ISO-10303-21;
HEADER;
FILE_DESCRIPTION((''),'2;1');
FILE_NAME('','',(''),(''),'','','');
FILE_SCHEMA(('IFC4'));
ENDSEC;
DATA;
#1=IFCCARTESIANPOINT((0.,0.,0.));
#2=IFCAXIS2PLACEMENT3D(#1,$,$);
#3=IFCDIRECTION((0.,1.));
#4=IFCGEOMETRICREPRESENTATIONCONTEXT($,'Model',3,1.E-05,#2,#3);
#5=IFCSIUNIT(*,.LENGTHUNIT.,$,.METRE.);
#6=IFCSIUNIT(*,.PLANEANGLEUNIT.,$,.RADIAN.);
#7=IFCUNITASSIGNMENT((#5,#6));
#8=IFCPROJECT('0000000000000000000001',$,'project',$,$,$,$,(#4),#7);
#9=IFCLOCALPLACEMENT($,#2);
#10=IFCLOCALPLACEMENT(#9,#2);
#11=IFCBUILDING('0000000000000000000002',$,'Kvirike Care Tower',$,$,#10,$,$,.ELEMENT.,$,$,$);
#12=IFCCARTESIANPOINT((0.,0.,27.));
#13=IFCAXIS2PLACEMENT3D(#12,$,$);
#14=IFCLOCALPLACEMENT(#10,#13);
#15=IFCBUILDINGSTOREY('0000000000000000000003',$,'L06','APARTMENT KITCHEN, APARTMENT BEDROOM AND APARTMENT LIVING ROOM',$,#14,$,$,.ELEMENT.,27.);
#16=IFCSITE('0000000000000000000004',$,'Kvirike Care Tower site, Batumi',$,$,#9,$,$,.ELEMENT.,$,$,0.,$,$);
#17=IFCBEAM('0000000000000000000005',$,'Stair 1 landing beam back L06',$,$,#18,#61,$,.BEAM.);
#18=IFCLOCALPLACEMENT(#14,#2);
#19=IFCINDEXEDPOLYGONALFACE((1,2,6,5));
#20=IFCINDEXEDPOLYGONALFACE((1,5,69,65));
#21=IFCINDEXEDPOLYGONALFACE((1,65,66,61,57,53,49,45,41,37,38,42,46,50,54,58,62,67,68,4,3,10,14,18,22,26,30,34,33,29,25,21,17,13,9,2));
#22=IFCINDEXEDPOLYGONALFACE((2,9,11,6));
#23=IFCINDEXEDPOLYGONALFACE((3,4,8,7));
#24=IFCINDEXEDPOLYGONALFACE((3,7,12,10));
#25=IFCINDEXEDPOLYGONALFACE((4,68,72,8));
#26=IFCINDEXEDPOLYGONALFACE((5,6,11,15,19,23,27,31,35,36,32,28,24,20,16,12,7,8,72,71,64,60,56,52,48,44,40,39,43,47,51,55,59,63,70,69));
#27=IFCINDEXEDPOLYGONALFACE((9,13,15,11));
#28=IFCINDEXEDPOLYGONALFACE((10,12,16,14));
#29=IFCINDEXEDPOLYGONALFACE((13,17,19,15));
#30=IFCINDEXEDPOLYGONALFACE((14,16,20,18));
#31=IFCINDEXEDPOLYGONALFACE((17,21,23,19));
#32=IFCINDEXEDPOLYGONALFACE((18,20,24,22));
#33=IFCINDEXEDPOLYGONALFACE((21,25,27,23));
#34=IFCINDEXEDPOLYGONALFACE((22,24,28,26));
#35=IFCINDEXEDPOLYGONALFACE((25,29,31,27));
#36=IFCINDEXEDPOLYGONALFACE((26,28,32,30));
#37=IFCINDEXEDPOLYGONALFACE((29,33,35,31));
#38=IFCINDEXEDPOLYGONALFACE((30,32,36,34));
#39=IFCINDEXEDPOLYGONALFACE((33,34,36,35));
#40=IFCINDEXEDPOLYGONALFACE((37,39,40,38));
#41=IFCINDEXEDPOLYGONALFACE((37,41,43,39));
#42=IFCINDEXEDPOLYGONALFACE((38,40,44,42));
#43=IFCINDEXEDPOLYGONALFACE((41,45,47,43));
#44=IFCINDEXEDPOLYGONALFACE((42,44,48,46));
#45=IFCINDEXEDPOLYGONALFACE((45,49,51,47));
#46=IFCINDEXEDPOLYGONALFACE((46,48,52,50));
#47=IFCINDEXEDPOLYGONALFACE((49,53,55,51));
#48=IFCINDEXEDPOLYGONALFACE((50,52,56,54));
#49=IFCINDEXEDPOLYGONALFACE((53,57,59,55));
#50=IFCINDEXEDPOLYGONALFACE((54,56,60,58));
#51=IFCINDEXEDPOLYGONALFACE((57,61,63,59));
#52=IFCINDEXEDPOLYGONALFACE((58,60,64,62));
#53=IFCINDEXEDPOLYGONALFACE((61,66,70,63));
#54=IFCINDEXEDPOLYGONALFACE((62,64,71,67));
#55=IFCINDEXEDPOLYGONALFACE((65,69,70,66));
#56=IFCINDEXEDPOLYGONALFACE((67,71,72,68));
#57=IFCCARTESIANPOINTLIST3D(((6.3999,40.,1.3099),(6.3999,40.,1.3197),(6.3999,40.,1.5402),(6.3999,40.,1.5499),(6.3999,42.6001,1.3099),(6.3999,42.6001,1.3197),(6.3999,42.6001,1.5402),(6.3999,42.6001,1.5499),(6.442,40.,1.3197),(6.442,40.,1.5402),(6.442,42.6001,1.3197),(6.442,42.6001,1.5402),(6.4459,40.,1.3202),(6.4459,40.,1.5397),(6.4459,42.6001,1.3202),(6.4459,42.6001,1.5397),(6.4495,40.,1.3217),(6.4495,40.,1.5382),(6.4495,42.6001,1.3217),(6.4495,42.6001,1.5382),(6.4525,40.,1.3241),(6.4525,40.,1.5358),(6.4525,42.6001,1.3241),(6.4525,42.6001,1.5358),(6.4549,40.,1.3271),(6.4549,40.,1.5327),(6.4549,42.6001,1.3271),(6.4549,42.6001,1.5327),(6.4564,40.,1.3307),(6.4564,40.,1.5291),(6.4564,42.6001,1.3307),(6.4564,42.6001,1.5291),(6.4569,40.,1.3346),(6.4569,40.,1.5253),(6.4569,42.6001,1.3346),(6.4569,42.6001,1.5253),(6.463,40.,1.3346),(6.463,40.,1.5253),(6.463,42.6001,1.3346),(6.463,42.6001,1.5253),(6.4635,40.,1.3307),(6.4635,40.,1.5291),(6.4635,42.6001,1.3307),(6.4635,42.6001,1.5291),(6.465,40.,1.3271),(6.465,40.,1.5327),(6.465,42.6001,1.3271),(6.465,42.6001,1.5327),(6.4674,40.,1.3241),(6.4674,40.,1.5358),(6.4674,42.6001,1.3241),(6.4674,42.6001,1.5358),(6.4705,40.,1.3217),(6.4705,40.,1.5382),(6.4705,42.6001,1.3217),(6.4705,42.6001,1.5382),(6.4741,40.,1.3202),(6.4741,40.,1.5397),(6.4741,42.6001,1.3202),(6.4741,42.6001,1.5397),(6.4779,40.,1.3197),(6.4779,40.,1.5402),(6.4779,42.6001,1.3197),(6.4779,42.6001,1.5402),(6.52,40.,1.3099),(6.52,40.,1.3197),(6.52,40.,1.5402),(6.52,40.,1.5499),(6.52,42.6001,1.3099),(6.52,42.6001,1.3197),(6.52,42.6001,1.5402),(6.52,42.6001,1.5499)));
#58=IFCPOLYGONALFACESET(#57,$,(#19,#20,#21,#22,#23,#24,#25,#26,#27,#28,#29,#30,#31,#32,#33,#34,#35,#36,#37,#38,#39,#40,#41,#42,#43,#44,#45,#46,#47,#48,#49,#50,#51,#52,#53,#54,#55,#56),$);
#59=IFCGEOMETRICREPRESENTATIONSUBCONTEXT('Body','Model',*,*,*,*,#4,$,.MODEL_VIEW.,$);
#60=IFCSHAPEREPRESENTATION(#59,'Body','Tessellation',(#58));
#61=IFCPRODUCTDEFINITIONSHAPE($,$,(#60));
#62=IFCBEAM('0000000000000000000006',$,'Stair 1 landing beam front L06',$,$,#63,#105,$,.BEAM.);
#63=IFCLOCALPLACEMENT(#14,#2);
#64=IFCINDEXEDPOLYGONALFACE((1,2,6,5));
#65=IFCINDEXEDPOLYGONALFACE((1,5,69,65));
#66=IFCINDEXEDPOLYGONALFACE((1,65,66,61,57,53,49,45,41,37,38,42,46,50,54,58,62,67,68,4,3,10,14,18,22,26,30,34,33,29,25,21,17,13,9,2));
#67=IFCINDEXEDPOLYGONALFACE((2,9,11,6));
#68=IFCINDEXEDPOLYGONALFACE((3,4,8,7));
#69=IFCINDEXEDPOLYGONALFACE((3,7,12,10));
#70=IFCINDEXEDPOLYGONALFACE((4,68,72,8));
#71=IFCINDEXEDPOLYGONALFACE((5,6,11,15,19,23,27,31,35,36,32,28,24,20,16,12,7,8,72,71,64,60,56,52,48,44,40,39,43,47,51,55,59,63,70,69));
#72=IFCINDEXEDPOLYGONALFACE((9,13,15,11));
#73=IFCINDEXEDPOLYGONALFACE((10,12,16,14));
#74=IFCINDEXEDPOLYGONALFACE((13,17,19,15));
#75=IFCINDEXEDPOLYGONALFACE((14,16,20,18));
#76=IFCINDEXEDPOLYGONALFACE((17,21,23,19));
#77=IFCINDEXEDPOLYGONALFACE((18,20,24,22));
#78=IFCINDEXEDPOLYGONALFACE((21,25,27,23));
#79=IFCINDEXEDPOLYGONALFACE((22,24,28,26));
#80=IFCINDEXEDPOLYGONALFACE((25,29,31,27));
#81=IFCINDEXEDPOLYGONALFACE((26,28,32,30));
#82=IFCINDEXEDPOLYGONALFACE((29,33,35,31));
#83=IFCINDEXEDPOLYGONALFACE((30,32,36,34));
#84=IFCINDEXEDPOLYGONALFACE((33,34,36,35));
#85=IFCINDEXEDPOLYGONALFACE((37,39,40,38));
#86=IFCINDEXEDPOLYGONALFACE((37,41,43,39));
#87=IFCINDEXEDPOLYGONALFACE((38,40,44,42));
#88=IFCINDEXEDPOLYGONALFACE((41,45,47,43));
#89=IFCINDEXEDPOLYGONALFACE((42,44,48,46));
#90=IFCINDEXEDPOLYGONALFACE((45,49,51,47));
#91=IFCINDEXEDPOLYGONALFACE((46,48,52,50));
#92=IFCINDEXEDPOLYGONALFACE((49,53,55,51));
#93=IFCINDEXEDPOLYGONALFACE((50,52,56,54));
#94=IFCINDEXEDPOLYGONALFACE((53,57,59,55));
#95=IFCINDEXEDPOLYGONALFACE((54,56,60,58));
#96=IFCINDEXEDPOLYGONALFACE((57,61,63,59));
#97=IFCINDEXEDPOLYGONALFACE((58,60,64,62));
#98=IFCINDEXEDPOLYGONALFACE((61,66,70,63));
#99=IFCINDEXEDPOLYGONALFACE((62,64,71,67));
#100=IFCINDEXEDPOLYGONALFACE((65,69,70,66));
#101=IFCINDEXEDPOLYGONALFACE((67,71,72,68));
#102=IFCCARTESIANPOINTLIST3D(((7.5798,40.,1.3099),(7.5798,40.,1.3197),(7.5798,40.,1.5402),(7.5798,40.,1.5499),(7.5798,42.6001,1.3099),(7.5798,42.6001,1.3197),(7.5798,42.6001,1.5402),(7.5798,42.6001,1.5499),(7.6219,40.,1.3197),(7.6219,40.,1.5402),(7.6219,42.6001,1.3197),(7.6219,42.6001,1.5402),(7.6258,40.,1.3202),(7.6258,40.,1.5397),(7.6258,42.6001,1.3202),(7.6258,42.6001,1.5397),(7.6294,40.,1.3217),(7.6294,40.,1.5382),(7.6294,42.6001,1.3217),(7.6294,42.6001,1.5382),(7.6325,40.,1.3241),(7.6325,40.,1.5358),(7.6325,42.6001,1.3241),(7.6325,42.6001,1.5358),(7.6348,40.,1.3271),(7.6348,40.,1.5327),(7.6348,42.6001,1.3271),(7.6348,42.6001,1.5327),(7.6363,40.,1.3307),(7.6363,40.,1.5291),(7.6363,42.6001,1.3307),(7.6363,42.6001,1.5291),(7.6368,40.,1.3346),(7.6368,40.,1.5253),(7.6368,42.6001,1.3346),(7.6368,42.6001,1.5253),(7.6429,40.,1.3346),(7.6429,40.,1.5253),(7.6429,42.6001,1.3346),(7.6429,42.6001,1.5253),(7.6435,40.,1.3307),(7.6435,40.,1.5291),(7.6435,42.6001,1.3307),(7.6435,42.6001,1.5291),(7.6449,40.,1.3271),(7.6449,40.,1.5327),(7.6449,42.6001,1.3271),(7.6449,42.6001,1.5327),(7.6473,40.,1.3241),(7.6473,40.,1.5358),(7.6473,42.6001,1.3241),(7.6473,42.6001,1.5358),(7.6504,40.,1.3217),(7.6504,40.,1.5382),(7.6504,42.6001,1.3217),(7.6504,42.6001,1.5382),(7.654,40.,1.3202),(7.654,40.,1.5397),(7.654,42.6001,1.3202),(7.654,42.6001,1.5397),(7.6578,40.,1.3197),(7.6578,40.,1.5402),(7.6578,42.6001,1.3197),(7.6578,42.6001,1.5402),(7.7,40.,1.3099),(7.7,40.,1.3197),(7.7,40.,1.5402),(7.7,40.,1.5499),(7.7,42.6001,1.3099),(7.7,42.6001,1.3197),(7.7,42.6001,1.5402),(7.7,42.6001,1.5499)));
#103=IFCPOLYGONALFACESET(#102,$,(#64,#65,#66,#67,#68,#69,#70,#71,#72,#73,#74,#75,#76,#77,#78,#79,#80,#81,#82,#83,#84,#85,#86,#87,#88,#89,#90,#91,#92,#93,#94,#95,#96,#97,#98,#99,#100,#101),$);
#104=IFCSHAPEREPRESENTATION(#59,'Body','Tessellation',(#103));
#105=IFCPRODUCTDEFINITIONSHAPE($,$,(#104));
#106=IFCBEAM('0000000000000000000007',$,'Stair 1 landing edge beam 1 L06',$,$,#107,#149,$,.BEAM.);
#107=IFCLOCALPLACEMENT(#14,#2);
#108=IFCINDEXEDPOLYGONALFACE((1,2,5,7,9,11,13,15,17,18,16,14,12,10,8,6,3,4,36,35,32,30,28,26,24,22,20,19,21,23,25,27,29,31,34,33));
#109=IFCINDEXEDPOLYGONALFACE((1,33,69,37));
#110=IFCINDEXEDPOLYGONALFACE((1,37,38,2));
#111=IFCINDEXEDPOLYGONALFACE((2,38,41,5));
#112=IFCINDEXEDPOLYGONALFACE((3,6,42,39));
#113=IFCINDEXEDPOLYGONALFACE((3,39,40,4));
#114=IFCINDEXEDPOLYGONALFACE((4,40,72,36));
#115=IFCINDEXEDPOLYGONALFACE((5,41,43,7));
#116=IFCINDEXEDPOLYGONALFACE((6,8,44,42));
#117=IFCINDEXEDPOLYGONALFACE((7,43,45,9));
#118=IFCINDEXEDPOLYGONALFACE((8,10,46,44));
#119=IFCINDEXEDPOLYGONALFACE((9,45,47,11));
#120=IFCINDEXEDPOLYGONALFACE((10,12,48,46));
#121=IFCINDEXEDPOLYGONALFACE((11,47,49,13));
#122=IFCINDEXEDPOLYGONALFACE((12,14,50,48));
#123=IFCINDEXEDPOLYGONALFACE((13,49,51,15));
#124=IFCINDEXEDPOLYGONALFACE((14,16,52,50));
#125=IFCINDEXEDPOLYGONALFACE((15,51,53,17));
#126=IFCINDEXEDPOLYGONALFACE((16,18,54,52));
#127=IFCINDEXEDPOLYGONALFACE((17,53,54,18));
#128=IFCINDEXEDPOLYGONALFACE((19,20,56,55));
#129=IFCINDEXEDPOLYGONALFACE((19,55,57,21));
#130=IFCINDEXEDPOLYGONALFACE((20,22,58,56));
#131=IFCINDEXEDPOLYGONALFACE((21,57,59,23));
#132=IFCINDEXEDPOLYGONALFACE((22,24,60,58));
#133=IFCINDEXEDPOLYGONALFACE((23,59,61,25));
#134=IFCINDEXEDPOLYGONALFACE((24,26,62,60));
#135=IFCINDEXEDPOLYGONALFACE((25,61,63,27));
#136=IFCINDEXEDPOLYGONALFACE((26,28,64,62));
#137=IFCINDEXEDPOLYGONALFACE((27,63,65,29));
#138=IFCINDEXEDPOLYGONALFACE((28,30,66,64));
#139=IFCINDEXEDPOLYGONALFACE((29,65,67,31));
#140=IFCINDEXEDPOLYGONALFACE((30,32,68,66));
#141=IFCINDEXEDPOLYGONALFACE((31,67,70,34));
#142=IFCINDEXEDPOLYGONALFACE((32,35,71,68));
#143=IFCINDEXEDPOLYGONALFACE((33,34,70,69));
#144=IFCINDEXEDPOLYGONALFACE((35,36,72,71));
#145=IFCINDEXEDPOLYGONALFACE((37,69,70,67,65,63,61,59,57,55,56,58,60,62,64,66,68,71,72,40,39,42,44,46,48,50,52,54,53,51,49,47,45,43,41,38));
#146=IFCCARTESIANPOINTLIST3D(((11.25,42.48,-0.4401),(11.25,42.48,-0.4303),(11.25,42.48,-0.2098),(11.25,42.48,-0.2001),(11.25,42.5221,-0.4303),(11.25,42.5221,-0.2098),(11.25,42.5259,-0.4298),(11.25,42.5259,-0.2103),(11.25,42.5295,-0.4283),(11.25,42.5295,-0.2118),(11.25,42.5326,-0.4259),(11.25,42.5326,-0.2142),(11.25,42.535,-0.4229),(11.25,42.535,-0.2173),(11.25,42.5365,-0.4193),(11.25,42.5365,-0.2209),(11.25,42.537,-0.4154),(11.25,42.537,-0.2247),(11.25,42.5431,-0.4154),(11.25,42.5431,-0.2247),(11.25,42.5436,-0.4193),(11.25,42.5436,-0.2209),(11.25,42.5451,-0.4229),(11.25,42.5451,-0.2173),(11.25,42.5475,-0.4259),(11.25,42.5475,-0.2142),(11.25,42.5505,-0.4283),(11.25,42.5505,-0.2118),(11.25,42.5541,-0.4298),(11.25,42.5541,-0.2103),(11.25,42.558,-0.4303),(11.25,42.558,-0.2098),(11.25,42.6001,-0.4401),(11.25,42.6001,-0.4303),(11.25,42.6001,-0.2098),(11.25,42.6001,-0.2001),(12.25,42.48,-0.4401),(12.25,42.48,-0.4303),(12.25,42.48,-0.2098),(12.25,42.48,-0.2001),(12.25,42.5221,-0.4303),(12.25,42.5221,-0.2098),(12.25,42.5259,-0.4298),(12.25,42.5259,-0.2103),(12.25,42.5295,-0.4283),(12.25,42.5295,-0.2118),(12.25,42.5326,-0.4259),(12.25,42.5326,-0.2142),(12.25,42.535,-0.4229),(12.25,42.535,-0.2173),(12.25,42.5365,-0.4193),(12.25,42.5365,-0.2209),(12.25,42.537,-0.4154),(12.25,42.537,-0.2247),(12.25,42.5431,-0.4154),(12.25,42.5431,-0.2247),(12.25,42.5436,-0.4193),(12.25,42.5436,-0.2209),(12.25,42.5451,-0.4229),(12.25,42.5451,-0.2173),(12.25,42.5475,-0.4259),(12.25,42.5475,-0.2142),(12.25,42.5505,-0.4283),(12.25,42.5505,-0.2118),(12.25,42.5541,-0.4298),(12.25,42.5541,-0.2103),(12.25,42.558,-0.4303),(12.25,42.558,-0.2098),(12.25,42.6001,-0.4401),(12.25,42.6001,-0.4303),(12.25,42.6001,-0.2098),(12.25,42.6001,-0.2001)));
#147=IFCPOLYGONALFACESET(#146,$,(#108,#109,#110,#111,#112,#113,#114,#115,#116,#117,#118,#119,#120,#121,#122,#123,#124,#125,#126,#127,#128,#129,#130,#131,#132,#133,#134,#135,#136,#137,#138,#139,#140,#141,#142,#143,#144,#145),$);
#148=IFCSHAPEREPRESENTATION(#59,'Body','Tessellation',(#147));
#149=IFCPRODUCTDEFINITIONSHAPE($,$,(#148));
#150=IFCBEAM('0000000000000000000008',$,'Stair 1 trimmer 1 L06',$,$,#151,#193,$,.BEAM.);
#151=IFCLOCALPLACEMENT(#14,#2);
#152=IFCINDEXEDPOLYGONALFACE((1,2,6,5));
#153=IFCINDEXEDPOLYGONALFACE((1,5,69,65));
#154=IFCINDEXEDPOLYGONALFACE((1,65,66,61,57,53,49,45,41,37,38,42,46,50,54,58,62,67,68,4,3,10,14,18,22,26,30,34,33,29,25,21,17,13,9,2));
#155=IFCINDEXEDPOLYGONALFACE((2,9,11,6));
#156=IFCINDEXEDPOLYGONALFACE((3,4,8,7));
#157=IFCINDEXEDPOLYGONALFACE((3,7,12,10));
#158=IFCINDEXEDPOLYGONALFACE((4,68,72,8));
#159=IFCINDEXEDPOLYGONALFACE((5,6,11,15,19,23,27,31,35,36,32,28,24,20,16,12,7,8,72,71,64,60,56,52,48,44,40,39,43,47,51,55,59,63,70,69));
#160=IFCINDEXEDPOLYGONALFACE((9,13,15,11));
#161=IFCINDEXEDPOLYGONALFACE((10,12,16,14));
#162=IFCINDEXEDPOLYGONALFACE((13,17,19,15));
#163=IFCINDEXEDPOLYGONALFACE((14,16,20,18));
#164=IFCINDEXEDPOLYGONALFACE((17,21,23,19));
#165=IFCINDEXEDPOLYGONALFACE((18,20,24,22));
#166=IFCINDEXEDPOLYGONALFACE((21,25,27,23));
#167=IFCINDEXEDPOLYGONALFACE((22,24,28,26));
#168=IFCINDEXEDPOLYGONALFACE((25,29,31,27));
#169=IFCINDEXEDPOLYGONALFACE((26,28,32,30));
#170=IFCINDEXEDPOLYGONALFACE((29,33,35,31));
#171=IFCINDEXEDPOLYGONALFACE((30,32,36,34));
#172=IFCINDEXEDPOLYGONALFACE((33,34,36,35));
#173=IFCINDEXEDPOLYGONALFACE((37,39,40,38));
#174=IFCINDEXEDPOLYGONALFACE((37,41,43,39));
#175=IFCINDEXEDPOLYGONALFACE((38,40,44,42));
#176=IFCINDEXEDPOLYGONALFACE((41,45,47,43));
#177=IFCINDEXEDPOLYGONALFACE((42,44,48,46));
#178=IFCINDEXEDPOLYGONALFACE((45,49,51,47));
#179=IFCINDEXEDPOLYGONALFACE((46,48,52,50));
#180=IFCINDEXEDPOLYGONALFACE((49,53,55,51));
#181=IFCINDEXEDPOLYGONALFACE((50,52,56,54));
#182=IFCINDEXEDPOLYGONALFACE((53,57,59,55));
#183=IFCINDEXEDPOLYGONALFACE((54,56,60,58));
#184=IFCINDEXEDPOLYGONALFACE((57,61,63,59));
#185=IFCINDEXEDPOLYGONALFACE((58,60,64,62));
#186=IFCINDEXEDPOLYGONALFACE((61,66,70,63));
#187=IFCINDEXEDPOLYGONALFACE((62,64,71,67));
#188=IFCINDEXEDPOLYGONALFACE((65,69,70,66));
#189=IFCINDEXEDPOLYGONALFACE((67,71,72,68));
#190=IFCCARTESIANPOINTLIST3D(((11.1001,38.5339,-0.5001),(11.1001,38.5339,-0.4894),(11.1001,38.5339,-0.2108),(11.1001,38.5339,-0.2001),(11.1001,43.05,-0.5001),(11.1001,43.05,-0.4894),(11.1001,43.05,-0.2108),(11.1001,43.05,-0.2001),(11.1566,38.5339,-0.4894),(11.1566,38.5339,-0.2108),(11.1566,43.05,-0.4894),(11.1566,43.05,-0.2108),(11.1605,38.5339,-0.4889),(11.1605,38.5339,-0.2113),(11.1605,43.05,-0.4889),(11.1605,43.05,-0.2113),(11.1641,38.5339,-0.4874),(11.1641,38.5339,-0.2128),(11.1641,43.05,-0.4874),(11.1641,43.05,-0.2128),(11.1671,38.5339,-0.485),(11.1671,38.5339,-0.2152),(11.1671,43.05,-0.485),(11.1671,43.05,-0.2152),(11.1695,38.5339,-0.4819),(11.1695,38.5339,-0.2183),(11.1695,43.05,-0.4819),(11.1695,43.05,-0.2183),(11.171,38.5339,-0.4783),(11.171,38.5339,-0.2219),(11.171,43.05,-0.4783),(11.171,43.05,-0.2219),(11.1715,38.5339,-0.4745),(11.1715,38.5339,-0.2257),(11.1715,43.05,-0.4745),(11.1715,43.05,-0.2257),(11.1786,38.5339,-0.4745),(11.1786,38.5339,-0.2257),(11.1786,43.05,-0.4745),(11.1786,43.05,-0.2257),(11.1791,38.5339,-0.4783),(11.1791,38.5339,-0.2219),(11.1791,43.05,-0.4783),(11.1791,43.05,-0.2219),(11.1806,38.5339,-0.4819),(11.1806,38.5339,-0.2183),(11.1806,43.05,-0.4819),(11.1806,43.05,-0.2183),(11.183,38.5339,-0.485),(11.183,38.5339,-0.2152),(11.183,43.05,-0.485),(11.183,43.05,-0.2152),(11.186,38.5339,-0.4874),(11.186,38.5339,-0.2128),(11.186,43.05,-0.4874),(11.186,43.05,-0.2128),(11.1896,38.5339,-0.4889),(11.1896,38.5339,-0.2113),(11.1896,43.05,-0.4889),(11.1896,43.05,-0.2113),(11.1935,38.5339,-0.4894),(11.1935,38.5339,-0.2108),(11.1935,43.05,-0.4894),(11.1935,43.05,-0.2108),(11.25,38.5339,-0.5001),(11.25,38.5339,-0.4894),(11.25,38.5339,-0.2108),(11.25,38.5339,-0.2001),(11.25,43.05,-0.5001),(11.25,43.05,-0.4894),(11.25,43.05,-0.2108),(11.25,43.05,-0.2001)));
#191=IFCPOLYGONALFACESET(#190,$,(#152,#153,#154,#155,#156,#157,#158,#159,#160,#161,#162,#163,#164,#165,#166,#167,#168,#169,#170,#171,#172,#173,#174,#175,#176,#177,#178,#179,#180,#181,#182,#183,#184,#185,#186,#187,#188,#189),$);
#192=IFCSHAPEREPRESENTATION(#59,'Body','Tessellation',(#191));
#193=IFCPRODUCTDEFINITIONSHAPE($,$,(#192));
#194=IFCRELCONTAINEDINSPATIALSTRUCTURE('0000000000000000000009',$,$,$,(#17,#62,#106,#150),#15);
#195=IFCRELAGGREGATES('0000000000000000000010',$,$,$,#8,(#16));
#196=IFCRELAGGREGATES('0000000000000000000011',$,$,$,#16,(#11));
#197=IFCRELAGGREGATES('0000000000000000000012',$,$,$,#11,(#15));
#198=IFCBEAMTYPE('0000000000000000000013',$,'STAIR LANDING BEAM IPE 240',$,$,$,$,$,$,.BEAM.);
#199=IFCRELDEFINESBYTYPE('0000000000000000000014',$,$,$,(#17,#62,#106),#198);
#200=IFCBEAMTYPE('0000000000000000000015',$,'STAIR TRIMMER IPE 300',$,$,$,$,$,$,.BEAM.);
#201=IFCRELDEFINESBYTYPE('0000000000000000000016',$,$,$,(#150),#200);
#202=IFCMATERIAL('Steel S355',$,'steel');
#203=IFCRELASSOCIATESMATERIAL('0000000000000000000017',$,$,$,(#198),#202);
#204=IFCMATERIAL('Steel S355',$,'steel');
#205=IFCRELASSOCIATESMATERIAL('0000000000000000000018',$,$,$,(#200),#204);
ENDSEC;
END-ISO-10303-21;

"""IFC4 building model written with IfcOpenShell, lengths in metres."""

from ifc_helpers import new_model, si_unit, direction, frame, origin, origin_2d, place, context, subcontext, project, spatial, i_section, extrude, material, material_profile, profile_set, type_object, element, save


model = new_model("IFC4")

# Units and contexts
model_context = context("Model", 3, precision=1e-05, world=origin(), true_north=direction((0.0, 1.0)))
body_context = subcontext(model_context, "Body", "Model", "MODEL_VIEW")
ifc_project = project(units=[si_unit("LENGTHUNIT", "METRE"), si_unit("PLANEANGLEUNIT", "RADIAN")], contexts=[model_context])

# Site, building, storey
site_placement = place(None, origin())
site = spatial("IfcSite", under=ifc_project, at=site_placement, Name="Kvirike Care Tower site, Batumi", CompositionType="ELEMENT", RefElevation=0.0)
building_placement = place(site_placement, origin())
building = spatial("IfcBuilding", under=site, at=building_placement, Name="Kvirike Care Tower", CompositionType="ELEMENT")
storey_placement = place(building_placement, frame((0.0, 0.0, 27.0)))
storey = spatial("IfcBuildingStorey", under=building, at=storey_placement, Name="L06", Description="APARTMENT KITCHEN, APARTMENT BEDROOM AND APARTMENT LIVING ROOM", CompositionType="ELEMENT", Elevation=27.0)

# Beams
ifc_material_1 = material(Name="Steel S355", Category="steel")
ifc_material_profile_1 = material_profile(ifc_material_1, i_section(OverallWidth=0.1201, OverallDepth=0.24, WebThickness=0.0061, FlangeThickness=0.0098, FilletRadius=0.0149, at=origin_2d()), Name="IPE 240")
ifc_profile_set_1 = profile_set([ifc_material_profile_1], Name="Steel S355")
beam_type_1 = type_object("IfcBeamType", Name="STAIR LANDING BEAM IPE 240", PredefinedType="BEAM", material=ifc_profile_set_1)
for number, where, z_axis, x_axis, name in (
    (1, (6.46, 42.6001, 1.4299), (0.0, -1.0, 0.0), (1.0, 0.0, 0.0), "Stair 1 landing beam back L06"),
    (2, (7.6399, 42.6001, 1.4299), (0.0, -1.0, 0.0), (1.0, 0.0, 0.0), "Stair 1 landing beam front L06"),
):
    element("IfcBeam", number, at=place(storey_placement, frame(where, z_axis=z_axis, x_axis=x_axis)), inside=storey, type_object=beam_type_1, Name=name, PredefinedType="BEAM", context=body_context, shape_type="SweptSolid", body=[
        extrude(i_section(OverallWidth=0.1201, OverallDepth=0.24, WebThickness=0.0061, FlangeThickness=0.0098, FilletRadius=0.0149, at=origin_2d()), origin(), (0.0, 0.0, 1.0), 2.6001),
    ])
beam_1_placement = place(storey_placement, frame((11.25, 42.54, -0.3201), z_axis=(1.0, 0.0, 0.0), x_axis=(0.0, 1.0, 0.0)))
element("IfcBeam", 3, at=beam_1_placement, inside=storey, type_object=beam_type_1, Name="Stair 1 landing edge beam 1 L06", PredefinedType="BEAM", context=body_context, shape_type="SweptSolid", body=[
    extrude(i_section(OverallWidth=0.1201, OverallDepth=0.24, WebThickness=0.0061, FlangeThickness=0.0098, FilletRadius=0.0149, at=origin_2d()), origin(), (0.0, 0.0, 1.0), 1.0),
])
ifc_material_2 = material(Name="Steel S355", Category="steel")
ifc_material_profile_2 = material_profile(ifc_material_2, i_section(OverallWidth=0.1499, OverallDepth=0.3, WebThickness=0.0071, FlangeThickness=0.0107, FilletRadius=0.0149, at=origin_2d()), Name="IPE 300")
ifc_profile_set_2 = profile_set([ifc_material_profile_2], Name="Steel S355")
beam_type_2 = type_object("IfcBeamType", Name="STAIR TRIMMER IPE 300", PredefinedType="BEAM", material=ifc_profile_set_2)
for number, where, z_axis, x_axis, name in (
    (4, (11.175, 43.05, -0.3501), (0.0, -1.0, 0.0), (1.0, 0.0, 0.0), "Stair 1 trimmer 1 L06"),
):
    element("IfcBeam", number, at=place(storey_placement, frame(where, z_axis=z_axis, x_axis=x_axis)), inside=storey, type_object=beam_type_2, Name=name, PredefinedType="BEAM", context=body_context, shape_type="SweptSolid", body=[
        extrude(i_section(OverallWidth=0.1499, OverallDepth=0.3, WebThickness=0.0071, FlangeThickness=0.0107, FilletRadius=0.0149, at=origin_2d()), origin(), (0.0, 0.0, 1.0), 4.5161),
    ])

save(model, "model.ifc")
